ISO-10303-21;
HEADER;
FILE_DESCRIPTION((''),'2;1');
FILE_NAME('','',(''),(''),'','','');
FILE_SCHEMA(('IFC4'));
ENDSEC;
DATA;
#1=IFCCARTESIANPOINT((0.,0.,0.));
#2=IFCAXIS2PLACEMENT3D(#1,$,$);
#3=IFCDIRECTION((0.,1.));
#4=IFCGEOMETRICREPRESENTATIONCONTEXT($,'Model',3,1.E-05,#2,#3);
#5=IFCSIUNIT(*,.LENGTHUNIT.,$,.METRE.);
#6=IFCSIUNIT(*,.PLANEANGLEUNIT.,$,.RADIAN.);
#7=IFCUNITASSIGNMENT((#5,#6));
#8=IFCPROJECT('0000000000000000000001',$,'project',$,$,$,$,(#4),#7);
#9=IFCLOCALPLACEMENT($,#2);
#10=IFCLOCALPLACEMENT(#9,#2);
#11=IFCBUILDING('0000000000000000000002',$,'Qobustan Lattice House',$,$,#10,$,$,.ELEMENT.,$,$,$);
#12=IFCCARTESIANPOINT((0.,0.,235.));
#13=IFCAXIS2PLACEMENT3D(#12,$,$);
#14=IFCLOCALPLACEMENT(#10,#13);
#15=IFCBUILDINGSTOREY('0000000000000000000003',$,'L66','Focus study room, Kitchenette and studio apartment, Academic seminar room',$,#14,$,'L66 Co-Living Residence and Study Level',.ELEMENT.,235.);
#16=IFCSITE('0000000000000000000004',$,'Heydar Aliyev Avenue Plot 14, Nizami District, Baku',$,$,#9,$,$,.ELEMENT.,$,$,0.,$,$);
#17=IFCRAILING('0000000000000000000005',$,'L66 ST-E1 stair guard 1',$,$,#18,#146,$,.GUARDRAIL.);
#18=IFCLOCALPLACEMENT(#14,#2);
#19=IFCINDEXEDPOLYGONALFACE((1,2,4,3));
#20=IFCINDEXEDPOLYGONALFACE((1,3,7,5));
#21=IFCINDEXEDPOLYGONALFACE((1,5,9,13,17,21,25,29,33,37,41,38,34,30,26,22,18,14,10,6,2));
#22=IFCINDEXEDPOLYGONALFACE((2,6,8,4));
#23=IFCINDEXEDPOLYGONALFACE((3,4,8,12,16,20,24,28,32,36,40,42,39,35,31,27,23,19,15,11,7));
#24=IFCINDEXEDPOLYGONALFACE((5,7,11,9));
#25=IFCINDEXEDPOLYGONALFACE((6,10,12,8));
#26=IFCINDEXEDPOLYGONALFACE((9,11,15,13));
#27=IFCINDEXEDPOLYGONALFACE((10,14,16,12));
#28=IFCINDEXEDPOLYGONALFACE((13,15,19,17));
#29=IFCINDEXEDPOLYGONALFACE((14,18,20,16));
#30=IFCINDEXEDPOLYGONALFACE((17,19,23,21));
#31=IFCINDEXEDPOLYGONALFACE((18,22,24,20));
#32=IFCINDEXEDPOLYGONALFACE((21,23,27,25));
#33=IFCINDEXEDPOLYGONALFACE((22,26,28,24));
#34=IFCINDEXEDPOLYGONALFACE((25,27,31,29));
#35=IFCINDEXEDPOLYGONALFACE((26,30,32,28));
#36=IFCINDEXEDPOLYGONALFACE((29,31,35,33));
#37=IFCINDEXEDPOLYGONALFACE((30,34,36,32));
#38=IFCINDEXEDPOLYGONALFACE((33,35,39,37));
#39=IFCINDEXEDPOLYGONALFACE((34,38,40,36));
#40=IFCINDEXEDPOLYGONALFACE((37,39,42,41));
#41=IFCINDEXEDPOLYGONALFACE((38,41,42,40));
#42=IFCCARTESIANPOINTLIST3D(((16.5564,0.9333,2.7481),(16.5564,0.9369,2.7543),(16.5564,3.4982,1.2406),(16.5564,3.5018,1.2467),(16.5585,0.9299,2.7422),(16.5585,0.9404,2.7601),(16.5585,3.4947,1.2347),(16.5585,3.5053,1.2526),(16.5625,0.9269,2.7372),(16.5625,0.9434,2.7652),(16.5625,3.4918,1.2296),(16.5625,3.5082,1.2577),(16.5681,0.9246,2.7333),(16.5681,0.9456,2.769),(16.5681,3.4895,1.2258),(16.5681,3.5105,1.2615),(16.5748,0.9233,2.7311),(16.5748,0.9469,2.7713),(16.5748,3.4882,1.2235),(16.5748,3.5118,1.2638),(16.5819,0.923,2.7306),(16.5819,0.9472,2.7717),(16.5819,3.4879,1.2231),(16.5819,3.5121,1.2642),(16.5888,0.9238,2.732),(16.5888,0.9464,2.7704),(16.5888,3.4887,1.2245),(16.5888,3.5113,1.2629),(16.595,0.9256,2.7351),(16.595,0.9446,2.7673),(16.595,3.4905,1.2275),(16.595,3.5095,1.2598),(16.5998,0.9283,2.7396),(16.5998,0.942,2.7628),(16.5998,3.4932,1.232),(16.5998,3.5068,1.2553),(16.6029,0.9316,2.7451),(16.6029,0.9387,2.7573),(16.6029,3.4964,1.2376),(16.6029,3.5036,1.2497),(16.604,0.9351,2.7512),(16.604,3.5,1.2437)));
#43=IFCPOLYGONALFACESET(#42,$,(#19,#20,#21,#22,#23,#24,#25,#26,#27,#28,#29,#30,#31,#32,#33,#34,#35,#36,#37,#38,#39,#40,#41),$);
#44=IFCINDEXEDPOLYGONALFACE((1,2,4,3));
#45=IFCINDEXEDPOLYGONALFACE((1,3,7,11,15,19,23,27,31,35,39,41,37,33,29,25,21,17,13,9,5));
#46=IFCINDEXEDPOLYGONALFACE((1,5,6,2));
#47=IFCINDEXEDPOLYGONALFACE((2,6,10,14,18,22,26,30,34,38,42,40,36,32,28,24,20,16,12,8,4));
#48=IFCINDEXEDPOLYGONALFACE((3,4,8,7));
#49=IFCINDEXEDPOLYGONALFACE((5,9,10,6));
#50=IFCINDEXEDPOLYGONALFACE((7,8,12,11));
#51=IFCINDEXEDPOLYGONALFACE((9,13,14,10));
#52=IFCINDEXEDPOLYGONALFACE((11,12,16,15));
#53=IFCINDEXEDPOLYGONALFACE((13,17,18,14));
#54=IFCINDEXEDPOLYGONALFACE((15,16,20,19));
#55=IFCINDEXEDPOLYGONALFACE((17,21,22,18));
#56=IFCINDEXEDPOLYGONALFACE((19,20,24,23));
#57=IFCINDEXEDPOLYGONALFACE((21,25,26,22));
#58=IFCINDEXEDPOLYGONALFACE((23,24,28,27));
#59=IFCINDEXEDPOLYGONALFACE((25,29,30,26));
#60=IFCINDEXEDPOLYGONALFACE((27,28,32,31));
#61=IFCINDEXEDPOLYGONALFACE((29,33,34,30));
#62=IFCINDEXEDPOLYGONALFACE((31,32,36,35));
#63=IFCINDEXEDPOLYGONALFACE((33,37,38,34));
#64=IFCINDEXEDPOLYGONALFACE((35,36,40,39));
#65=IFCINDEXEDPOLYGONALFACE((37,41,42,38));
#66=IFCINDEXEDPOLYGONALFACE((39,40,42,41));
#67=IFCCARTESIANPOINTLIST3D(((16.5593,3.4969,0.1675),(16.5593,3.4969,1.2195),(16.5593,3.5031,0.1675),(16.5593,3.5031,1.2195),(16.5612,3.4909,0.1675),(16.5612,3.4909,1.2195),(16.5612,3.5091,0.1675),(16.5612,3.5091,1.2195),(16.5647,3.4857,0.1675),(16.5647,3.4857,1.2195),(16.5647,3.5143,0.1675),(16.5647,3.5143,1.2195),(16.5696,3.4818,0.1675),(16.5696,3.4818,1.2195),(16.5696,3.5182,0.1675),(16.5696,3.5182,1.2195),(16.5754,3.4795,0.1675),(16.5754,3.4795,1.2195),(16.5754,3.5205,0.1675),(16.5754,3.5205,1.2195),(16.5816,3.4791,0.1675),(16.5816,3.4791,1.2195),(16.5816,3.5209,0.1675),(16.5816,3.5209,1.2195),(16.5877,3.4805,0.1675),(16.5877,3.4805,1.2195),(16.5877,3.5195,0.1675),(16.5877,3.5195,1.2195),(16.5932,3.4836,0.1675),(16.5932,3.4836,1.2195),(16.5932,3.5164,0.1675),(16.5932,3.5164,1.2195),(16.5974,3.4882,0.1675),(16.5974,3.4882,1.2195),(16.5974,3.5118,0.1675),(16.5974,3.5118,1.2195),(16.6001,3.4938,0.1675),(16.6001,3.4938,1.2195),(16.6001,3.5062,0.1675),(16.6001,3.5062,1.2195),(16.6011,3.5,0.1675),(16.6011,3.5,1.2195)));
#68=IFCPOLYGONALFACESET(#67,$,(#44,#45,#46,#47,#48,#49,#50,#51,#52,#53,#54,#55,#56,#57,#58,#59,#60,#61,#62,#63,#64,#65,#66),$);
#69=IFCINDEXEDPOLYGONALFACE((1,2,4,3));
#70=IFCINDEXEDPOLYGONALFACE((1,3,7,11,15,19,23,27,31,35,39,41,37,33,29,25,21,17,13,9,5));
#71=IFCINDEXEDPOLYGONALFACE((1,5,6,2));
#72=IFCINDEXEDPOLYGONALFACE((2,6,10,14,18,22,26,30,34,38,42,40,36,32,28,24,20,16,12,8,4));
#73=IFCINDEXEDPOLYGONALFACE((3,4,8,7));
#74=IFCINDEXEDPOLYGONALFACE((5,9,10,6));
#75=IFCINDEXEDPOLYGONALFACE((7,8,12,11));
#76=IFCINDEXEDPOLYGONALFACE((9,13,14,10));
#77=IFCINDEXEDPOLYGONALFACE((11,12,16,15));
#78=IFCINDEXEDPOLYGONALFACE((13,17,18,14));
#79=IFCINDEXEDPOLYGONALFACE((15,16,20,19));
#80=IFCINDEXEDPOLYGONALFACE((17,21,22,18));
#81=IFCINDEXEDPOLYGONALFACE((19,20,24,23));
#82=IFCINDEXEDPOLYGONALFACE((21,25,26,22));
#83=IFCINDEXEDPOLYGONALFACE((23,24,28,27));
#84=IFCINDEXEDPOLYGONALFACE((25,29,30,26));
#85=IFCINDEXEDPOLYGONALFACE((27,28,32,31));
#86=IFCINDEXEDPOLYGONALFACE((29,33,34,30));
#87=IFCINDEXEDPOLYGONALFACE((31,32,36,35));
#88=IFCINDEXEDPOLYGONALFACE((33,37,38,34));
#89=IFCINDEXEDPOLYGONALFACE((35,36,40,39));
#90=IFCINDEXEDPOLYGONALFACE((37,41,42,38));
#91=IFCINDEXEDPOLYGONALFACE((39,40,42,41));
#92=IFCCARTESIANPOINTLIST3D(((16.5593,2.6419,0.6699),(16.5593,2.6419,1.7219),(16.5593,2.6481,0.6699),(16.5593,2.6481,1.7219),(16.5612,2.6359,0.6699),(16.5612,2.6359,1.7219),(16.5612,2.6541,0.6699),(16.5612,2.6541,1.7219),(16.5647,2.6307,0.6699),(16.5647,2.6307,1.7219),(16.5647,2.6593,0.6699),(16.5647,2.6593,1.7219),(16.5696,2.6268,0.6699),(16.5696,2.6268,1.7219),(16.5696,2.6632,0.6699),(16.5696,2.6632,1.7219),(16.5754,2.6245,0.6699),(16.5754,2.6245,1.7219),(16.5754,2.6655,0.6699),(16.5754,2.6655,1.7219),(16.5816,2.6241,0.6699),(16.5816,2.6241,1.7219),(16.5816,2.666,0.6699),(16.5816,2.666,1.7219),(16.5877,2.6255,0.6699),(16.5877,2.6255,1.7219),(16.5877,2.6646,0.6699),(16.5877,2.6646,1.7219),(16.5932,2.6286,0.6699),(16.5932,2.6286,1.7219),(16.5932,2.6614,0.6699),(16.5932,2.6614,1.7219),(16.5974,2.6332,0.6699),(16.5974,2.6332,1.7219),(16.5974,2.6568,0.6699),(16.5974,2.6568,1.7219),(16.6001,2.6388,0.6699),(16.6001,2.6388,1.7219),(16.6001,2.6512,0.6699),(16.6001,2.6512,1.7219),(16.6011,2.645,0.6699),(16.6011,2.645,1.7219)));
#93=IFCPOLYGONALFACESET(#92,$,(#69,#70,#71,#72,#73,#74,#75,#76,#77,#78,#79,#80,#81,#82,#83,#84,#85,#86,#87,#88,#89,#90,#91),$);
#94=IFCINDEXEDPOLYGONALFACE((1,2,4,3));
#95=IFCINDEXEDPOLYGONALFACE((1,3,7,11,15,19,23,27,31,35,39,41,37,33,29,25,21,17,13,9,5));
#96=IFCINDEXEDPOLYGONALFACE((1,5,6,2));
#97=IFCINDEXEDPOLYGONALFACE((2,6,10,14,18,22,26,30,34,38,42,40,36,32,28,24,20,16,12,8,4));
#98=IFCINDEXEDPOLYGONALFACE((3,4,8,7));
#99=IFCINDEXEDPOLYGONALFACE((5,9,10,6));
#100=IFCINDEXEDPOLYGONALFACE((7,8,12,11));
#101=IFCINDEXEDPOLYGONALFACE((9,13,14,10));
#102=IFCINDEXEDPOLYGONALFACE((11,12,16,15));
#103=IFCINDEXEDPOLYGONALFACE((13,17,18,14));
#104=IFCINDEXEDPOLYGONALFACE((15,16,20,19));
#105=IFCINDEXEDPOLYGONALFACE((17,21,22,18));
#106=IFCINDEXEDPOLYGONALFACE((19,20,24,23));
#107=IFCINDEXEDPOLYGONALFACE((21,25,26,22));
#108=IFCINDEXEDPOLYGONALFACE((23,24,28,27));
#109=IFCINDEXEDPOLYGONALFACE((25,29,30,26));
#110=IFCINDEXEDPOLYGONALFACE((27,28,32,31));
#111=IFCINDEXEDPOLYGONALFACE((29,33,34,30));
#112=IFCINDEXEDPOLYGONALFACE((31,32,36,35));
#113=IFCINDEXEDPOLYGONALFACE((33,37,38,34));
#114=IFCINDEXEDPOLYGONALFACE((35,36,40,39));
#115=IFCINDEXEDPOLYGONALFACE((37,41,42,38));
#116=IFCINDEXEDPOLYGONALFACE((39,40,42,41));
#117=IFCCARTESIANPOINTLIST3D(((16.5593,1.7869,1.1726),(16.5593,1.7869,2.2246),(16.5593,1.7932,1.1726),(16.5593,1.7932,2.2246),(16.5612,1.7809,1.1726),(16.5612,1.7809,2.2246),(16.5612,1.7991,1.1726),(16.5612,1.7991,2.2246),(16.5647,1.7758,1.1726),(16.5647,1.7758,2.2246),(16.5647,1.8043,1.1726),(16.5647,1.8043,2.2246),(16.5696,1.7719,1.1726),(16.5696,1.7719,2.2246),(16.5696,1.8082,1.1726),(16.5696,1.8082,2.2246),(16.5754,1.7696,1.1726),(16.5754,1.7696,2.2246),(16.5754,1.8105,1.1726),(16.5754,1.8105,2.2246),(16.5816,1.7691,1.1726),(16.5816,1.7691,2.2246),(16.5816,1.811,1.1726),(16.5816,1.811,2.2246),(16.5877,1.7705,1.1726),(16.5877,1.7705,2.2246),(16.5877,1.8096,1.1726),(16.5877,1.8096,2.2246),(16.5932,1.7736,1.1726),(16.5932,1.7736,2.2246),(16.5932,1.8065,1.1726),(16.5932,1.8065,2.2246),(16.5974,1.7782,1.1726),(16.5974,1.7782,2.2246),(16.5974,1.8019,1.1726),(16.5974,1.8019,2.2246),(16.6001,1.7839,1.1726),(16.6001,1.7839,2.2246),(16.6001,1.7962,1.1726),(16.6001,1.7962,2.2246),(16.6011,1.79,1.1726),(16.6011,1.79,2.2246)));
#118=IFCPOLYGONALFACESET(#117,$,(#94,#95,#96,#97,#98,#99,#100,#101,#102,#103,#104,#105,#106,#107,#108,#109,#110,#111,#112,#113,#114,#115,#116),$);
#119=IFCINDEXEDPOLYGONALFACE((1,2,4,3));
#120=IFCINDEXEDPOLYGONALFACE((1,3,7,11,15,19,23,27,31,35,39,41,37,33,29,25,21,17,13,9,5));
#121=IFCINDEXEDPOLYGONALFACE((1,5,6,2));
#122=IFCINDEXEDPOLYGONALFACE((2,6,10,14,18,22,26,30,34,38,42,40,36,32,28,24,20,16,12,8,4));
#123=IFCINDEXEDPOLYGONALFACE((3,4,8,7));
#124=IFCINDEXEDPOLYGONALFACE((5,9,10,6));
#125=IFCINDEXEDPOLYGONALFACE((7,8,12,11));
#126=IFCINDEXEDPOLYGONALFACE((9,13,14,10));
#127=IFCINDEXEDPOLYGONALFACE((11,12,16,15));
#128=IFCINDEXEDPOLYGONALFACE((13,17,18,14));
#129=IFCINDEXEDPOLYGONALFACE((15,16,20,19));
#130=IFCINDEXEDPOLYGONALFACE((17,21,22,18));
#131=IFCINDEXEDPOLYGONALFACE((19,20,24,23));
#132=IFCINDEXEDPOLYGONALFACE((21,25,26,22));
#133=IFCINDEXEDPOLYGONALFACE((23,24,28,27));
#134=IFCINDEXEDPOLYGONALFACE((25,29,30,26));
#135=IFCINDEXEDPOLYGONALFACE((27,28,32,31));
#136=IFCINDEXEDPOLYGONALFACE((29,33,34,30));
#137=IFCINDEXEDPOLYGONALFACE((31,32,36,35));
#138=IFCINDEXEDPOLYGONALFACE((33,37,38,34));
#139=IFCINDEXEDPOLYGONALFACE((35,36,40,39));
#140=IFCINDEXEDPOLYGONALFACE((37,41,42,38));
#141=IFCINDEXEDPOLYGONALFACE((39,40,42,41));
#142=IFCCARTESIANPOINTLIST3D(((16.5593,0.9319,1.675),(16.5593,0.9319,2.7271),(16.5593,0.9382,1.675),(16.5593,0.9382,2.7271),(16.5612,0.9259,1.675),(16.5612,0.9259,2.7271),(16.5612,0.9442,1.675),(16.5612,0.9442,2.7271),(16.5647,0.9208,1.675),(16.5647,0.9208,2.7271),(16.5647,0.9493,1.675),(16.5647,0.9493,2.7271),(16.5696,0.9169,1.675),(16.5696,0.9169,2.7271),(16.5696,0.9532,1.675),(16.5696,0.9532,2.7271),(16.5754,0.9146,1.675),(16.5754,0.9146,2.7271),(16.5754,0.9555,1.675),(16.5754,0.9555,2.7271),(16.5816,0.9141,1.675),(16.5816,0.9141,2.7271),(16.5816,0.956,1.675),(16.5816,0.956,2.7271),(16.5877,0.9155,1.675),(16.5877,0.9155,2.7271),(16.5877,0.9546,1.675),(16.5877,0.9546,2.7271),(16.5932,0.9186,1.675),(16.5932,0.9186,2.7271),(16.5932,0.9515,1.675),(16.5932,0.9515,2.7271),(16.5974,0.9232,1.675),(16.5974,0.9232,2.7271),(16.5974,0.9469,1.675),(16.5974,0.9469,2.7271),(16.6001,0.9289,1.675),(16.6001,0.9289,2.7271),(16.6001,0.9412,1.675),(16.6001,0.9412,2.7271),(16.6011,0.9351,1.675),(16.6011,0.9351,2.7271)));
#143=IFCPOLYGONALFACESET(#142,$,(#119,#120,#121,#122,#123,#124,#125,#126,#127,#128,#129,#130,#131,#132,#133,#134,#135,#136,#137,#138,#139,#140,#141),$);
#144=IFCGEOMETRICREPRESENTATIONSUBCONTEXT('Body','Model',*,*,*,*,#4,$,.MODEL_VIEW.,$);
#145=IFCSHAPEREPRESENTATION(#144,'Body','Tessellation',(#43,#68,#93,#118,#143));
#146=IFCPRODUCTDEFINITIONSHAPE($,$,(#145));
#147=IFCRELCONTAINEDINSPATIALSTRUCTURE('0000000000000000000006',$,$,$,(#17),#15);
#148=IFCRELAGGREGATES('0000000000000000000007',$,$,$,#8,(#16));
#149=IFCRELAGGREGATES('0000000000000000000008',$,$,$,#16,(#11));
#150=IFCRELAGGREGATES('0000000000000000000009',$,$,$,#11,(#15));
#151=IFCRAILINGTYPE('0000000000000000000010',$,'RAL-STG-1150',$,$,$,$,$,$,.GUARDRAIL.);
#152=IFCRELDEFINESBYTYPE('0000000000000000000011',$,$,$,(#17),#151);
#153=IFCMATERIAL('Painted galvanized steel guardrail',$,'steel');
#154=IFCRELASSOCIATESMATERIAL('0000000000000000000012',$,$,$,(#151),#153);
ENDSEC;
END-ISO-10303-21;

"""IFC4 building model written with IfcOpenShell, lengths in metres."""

from ifc_helpers import new_model, si_unit, direction, frame, origin, origin_2d, place, context, subcontext, project, spatial, circle, extrude, material, type_object, element, save


model = new_model("IFC4")

# Units and contexts
model_context = context("Model", 3, precision=1e-05, world=origin(), true_north=direction((0.0, 1.0)))
body_context = subcontext(model_context, "Body", "Model", "MODEL_VIEW")
ifc_project = project(units=[si_unit("LENGTHUNIT", "METRE"), si_unit("PLANEANGLEUNIT", "RADIAN")], contexts=[model_context])

# Site, building, storey
site_placement = place(None, origin())
site = spatial("IfcSite", under=ifc_project, at=site_placement, Name="Heydar Aliyev Avenue Plot 14, Nizami District, Baku", CompositionType="ELEMENT", RefElevation=0.0)
building_placement = place(site_placement, origin())
building = spatial("IfcBuilding", under=site, at=building_placement, Name="Qobustan Lattice House", CompositionType="ELEMENT")
storey_placement = place(building_placement, frame((0.0, 0.0, 235.0)))
storey = spatial("IfcBuildingStorey", under=building, at=storey_placement, Name="L66", Description="Focus study room, Kitchenette and studio apartment, Academic seminar room", LongName="L66 Co-Living Residence and Study Level", CompositionType="ELEMENT", Elevation=235.0)

# Railing
ifc_material_1 = material(Name="Painted galvanized steel guardrail", Category="steel")
railing_type_1 = type_object("IfcRailingType", Name="RAL-STG-1150", PredefinedType="GUARDRAIL", material=ifc_material_1)
railing_1_placement = place(storey_placement, frame((16.5801, 3.5, 0.1675)))
element("IfcRailing", 1, at=railing_1_placement, inside=storey, type_object=railing_type_1, Name="L66 ST-E1 stair guard 1", PredefinedType="GUARDRAIL", context=body_context, shape_type="SweptSolid", body=[
    extrude(circle(Radius=0.0239, at=origin_2d()), frame((0.0, 0.0, 1.0762), z_axis=(0.0, -0.862113, 0.506715), x_axis=(1.0, 0.0, 0.0)), (0.0, 0.0, 1.0), 2.9751),
    extrude(circle(Radius=0.021, at=origin_2d()), origin(), (0.0, 0.0, 1.0), 1.052),
    extrude(circle(Radius=0.021, at=origin_2d()), frame((0.0, -0.855, 0.5024)), (0.0, 0.0, 1.0), 1.052),
    extrude(circle(Radius=0.021, at=origin_2d()), frame((0.0, -1.71, 1.0051)), (0.0, 0.0, 1.0), 1.052),
    extrude(circle(Radius=0.021, at=origin_2d()), frame((0.0, -2.5649, 1.5076)), (0.0, 0.0, 1.0), 1.052),
])

save(model, "model.ifc")
